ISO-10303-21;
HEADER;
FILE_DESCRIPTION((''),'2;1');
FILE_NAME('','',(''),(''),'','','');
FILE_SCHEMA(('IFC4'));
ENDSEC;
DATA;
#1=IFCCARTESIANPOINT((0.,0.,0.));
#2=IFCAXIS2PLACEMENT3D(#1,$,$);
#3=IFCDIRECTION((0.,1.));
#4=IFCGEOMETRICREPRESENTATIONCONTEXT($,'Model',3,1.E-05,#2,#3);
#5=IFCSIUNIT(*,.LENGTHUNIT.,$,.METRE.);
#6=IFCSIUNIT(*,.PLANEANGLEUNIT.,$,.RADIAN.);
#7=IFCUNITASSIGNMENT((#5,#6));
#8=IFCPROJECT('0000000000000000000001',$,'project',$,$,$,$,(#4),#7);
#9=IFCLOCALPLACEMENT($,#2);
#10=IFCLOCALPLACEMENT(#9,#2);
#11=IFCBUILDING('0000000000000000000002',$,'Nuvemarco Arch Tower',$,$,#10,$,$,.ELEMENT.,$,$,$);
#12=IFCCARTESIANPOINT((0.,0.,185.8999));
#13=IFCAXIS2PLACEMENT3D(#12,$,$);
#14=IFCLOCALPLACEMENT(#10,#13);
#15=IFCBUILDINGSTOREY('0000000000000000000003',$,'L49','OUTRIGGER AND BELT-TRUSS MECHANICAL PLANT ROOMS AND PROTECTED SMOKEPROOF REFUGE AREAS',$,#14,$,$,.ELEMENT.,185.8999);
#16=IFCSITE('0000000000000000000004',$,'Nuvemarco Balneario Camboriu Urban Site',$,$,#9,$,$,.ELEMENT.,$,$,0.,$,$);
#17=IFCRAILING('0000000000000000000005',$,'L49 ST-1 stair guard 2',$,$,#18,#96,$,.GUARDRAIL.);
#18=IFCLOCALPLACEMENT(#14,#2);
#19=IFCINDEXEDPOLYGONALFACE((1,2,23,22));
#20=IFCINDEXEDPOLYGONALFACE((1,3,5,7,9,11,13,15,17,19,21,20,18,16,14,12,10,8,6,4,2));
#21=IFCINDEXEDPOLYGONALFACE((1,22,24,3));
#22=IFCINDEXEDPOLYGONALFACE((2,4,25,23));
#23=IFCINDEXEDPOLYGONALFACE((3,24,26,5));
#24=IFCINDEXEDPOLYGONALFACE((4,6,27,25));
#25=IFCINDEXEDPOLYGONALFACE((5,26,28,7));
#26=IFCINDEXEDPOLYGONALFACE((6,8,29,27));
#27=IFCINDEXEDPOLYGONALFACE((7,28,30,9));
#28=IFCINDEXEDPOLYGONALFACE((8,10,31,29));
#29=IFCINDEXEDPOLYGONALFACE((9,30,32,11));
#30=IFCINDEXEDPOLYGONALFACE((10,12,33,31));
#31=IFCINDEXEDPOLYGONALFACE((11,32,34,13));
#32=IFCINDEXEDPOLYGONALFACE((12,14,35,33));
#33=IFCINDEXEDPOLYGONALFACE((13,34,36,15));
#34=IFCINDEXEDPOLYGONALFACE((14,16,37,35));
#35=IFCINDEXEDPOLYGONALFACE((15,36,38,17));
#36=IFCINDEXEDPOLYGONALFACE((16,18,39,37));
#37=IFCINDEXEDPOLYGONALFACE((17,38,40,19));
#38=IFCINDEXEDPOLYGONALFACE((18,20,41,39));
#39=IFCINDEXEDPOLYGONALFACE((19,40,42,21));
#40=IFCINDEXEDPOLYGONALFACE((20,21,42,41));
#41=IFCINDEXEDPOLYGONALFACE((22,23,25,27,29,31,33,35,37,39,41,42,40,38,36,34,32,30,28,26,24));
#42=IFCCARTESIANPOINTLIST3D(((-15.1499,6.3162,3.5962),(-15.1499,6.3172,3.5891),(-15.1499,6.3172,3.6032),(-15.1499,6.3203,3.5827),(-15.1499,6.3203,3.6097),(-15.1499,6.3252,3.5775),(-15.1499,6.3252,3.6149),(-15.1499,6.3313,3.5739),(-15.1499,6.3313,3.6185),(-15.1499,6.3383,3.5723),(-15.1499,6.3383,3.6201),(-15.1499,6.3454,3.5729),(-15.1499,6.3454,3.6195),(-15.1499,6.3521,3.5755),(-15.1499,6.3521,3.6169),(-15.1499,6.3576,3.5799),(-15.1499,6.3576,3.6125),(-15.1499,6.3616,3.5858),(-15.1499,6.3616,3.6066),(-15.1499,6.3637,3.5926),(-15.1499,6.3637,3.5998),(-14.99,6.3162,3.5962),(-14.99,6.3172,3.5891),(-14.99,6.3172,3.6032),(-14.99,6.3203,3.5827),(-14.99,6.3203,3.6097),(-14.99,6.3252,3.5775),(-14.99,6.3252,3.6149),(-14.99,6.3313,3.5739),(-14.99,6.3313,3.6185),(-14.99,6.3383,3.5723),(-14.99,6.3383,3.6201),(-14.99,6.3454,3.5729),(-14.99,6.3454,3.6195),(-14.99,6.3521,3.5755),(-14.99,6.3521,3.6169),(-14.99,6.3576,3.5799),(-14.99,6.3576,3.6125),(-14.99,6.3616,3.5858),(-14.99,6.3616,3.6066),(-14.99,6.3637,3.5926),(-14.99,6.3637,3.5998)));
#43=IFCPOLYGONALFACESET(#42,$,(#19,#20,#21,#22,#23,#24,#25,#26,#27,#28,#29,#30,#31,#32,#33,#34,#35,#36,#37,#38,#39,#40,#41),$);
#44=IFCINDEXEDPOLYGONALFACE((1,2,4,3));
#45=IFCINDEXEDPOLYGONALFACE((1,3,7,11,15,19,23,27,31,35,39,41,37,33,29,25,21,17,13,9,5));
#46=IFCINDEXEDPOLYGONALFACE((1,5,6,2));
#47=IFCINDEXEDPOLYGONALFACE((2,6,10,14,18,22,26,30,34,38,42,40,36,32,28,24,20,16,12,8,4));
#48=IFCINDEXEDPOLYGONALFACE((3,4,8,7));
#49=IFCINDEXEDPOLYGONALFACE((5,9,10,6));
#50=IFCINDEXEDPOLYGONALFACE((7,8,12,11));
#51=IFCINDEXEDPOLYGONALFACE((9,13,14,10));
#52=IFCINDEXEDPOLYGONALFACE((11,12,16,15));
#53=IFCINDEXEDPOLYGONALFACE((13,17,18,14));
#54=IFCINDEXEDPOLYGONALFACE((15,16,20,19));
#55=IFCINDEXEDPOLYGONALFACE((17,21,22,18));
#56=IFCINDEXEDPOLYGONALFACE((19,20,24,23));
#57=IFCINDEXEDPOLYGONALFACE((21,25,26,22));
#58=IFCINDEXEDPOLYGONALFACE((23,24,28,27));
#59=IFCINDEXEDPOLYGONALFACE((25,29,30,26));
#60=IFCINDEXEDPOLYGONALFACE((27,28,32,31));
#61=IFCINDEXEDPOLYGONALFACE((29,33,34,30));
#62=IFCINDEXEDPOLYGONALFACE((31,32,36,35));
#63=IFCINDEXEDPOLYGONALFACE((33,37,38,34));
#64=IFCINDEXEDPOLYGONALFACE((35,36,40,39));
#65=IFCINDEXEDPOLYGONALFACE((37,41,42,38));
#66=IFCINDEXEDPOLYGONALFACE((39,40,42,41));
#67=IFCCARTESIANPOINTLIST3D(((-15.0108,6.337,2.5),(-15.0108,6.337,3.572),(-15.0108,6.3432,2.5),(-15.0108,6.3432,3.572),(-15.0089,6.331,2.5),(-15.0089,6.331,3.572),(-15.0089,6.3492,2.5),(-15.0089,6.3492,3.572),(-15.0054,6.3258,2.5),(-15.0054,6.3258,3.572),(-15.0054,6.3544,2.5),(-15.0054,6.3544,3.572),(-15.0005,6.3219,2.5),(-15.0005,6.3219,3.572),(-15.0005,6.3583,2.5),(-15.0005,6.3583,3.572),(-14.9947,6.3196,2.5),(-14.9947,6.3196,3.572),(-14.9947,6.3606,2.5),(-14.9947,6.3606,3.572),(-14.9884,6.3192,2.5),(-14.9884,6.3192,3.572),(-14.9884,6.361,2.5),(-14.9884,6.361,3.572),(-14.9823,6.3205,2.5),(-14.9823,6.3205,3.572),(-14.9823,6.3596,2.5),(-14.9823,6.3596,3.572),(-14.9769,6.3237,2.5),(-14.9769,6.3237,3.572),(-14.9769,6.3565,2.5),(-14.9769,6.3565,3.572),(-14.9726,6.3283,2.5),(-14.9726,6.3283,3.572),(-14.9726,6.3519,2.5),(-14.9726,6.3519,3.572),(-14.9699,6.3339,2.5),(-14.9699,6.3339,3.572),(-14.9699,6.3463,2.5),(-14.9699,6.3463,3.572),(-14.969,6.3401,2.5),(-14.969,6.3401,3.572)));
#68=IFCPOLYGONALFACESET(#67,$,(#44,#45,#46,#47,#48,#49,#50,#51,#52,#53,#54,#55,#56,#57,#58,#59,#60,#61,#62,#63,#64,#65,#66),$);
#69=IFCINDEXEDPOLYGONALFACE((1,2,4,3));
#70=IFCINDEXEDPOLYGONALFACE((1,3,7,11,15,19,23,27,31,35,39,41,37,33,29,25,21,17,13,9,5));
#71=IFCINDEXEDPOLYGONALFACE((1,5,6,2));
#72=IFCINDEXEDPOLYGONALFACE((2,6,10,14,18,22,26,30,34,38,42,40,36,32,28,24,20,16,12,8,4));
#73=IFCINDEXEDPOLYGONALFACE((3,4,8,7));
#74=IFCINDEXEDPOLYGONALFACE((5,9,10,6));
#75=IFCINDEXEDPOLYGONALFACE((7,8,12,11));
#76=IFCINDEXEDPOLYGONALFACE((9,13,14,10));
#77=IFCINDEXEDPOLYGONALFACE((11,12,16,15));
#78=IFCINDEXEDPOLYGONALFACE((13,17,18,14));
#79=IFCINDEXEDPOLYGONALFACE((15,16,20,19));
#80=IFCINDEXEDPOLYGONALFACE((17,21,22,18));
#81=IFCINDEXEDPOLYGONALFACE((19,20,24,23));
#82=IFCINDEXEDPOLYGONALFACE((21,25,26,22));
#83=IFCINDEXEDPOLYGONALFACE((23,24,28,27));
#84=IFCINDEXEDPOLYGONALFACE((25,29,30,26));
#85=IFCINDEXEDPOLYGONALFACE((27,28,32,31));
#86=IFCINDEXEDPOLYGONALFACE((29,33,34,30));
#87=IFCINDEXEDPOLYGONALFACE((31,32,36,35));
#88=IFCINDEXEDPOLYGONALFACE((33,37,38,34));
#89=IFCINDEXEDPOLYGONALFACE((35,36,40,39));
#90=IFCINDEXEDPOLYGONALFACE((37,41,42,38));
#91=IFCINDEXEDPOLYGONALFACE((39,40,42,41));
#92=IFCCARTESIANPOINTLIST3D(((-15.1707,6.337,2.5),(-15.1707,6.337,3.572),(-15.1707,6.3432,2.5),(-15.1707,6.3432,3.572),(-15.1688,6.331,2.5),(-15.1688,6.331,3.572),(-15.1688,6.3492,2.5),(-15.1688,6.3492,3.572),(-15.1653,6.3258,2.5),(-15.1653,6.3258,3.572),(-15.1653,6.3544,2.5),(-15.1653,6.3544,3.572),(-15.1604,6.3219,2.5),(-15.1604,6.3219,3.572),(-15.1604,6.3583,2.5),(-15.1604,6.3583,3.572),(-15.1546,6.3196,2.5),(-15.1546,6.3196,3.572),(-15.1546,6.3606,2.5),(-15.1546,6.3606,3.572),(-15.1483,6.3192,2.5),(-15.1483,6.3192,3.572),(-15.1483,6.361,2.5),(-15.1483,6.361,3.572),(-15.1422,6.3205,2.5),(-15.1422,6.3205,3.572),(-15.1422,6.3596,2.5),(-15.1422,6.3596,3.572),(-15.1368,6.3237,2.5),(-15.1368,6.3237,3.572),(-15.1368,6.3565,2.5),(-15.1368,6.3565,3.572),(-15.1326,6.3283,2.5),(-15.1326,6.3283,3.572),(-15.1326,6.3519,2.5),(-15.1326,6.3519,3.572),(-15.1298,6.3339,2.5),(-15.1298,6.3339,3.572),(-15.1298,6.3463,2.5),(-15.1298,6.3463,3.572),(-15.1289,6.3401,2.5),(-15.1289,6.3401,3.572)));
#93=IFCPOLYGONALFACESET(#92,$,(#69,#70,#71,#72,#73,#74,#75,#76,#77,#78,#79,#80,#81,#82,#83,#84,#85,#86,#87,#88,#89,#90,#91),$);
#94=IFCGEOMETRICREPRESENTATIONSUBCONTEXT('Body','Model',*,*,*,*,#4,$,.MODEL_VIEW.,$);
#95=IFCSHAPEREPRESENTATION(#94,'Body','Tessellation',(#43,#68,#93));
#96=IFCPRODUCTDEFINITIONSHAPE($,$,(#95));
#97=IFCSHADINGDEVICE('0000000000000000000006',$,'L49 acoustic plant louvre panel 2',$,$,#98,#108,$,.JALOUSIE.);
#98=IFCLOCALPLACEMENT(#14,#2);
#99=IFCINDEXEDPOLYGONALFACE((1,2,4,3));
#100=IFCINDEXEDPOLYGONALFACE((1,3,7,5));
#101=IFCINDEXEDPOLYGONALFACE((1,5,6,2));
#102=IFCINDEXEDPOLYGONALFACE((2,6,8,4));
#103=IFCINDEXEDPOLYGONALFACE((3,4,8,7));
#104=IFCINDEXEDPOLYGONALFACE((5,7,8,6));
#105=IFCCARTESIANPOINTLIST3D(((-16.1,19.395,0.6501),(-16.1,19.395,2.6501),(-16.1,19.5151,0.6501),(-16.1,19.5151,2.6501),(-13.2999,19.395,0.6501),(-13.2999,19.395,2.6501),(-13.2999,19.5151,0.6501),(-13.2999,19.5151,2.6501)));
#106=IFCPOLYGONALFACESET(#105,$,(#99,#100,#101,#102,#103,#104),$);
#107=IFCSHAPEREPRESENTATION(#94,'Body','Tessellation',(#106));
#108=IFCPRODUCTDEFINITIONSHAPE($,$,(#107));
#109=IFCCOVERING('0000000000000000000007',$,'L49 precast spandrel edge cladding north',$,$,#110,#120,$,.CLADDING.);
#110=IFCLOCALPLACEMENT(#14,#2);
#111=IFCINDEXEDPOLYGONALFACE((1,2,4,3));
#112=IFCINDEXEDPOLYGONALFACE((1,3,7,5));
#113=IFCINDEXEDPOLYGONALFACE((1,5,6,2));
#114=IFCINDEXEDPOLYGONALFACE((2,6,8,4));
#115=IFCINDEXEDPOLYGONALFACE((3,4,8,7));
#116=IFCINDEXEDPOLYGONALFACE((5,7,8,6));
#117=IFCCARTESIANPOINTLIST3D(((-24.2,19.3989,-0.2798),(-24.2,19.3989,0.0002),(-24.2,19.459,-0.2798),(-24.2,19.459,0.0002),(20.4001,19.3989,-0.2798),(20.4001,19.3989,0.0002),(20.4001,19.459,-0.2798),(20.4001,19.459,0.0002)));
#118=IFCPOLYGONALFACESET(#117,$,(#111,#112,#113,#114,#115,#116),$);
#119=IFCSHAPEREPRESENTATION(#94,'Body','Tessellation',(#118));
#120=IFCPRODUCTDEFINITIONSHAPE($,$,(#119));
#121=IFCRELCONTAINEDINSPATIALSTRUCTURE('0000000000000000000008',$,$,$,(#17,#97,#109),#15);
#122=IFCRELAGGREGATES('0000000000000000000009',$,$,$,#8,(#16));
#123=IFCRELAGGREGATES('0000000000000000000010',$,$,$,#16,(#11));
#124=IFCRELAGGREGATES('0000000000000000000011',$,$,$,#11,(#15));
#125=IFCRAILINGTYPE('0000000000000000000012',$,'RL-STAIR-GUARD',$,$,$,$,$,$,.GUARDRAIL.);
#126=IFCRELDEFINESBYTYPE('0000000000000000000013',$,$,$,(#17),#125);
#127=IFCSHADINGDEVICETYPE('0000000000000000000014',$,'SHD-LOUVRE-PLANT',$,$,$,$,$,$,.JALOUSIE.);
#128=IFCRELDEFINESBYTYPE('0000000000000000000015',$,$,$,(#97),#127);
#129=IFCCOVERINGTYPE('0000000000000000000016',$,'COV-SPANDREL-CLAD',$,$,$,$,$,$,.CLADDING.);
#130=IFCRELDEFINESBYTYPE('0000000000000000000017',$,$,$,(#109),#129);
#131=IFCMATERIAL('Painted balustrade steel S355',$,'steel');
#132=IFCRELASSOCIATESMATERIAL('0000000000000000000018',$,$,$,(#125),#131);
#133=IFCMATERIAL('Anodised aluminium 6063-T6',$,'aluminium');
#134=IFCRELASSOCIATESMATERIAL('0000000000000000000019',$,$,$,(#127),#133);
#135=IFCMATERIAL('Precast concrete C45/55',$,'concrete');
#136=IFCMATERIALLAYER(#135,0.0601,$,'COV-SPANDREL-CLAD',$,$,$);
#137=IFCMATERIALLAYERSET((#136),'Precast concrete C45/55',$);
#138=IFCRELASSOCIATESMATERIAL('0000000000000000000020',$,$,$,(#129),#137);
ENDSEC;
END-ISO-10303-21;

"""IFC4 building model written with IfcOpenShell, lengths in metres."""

from ifc_helpers import new_model, si_unit, direction, frame, origin, origin_2d, place, context, subcontext, project, spatial, rectangle, circle, extrude, source, transform, mapped, material, layer, layer_set, type_object, type_shapes, element, save


model = new_model("IFC4")

# Units and contexts
model_context = context("Model", 3, precision=1e-05, world=origin(), true_north=direction((0.0, 1.0)))
body_context = subcontext(model_context, "Body", "Model", "MODEL_VIEW")
ifc_project = project(units=[si_unit("LENGTHUNIT", "METRE"), si_unit("PLANEANGLEUNIT", "RADIAN")], contexts=[model_context])

# Site, building, storey
site_placement = place(None, origin())
site = spatial("IfcSite", under=ifc_project, at=site_placement, Name="Nuvemarco Balneario Camboriu Urban Site", CompositionType="ELEMENT", RefElevation=0.0)
building_placement = place(site_placement, origin())
building = spatial("IfcBuilding", under=site, at=building_placement, Name="Nuvemarco Arch Tower", CompositionType="ELEMENT")
storey_placement = place(building_placement, frame((0.0, 0.0, 185.8999)))
storey = spatial("IfcBuildingStorey", under=building, at=storey_placement, Name="L49", Description="OUTRIGGER AND BELT-TRUSS MECHANICAL PLANT ROOMS AND PROTECTED SMOKEPROOF REFUGE AREAS", CompositionType="ELEMENT", Elevation=185.8999)

# Shared definitions
ifc_material_1 = material(Name="Precast concrete C45/55", Category="concrete")

# Railing
ifc_material_2 = material(Name="Painted balustrade steel S355", Category="steel")
railing_type = type_object("IfcRailingType", Name="RL-STAIR-GUARD", PredefinedType="GUARDRAIL", material=ifc_material_2)
railing_placement = place(storey_placement, frame((-14.99, 6.3401, 2.5)))
element("IfcRailing", 1, at=railing_placement, inside=storey, type_object=railing_type, Name="L49 ST-1 stair guard 2", PredefinedType="GUARDRAIL", context=body_context, shape_type="SweptSolid", body=[
    extrude(circle(Radius=0.0239, at=origin_2d()), frame((0.0, 0.0, 1.0962), z_axis=(-1.0, 0.0, 0.0), x_axis=(0.0, -1.0, 0.0)), (0.0, 0.0, 1.0), 0.1599),
    extrude(circle(Radius=0.021, at=origin_2d()), origin(), (0.0, 0.0, 1.0), 1.072),
    extrude(circle(Radius=0.021, at=origin_2d()), frame((-0.1599, 0.0, 0.0)), (0.0, 0.0, 1.0), 1.072),
])

# Shading device
ifc_material_3 = material(Name="Anodised aluminium 6063-T6", Category="aluminium")
shading_device_type = type_object("IfcShadingDeviceType", Name="SHD-LOUVRE-PLANT", PredefinedType="JALOUSIE", material=ifc_material_3)
shared_shape_1 = source(origin(), body_context, "Body", "SweptSolid", [
    extrude(rectangle(XDim=2.8, YDim=0.1201, at=origin_2d()), origin(), (0.0, 0.0, 1.0), 2.0),
])
type_shapes(shading_device_type, [shared_shape_1])
shading_device_placement = place(storey_placement, frame((-14.7, 19.4551, 0.6501), z_axis=(0.0, 0.0, 1.0), x_axis=(1.0, 0.0, 0.0)))
element("IfcShadingDevice", 2, at=shading_device_placement, inside=storey, type_object=shading_device_type, Name="L49 acoustic plant louvre panel 2", PredefinedType="JALOUSIE", context=body_context, shape_type="MappedRepresentation", body=[
    mapped(shared_shape_1, transform((0.0, 0.0, 0.0), scale=1.0)),
])

# Covering
ifc_layer_1 = layer(ifc_material_1, 0.0601, Name="COV-SPANDREL-CLAD")
ifc_layer_set_1 = layer_set([ifc_layer_1], Name="Precast concrete C45/55")
covering_type = type_object("IfcCoveringType", Name="COV-SPANDREL-CLAD", PredefinedType="CLADDING", material=ifc_layer_set_1)
shared_shape_2 = source(origin(), body_context, "Body", "SweptSolid", [
    extrude(rectangle(XDim=44.6001, YDim=0.0601, at=origin_2d()), origin(), (0.0, 0.0, 1.0), 0.28),
])
type_shapes(covering_type, [shared_shape_2])
covering_placement = place(storey_placement, frame((-1.8999, 19.429, -0.2798), z_axis=(0.0, 0.0, 1.0), x_axis=(1.0, 0.0, 0.0)))
element("IfcCovering", 3, at=covering_placement, inside=storey, type_object=covering_type, Name="L49 precast spandrel edge cladding north", PredefinedType="CLADDING", context=body_context, shape_type="MappedRepresentation", body=[
    mapped(shared_shape_2, transform((0.0, 0.0, 0.0), scale=1.0)),
])

save(model, "model.ifc")
